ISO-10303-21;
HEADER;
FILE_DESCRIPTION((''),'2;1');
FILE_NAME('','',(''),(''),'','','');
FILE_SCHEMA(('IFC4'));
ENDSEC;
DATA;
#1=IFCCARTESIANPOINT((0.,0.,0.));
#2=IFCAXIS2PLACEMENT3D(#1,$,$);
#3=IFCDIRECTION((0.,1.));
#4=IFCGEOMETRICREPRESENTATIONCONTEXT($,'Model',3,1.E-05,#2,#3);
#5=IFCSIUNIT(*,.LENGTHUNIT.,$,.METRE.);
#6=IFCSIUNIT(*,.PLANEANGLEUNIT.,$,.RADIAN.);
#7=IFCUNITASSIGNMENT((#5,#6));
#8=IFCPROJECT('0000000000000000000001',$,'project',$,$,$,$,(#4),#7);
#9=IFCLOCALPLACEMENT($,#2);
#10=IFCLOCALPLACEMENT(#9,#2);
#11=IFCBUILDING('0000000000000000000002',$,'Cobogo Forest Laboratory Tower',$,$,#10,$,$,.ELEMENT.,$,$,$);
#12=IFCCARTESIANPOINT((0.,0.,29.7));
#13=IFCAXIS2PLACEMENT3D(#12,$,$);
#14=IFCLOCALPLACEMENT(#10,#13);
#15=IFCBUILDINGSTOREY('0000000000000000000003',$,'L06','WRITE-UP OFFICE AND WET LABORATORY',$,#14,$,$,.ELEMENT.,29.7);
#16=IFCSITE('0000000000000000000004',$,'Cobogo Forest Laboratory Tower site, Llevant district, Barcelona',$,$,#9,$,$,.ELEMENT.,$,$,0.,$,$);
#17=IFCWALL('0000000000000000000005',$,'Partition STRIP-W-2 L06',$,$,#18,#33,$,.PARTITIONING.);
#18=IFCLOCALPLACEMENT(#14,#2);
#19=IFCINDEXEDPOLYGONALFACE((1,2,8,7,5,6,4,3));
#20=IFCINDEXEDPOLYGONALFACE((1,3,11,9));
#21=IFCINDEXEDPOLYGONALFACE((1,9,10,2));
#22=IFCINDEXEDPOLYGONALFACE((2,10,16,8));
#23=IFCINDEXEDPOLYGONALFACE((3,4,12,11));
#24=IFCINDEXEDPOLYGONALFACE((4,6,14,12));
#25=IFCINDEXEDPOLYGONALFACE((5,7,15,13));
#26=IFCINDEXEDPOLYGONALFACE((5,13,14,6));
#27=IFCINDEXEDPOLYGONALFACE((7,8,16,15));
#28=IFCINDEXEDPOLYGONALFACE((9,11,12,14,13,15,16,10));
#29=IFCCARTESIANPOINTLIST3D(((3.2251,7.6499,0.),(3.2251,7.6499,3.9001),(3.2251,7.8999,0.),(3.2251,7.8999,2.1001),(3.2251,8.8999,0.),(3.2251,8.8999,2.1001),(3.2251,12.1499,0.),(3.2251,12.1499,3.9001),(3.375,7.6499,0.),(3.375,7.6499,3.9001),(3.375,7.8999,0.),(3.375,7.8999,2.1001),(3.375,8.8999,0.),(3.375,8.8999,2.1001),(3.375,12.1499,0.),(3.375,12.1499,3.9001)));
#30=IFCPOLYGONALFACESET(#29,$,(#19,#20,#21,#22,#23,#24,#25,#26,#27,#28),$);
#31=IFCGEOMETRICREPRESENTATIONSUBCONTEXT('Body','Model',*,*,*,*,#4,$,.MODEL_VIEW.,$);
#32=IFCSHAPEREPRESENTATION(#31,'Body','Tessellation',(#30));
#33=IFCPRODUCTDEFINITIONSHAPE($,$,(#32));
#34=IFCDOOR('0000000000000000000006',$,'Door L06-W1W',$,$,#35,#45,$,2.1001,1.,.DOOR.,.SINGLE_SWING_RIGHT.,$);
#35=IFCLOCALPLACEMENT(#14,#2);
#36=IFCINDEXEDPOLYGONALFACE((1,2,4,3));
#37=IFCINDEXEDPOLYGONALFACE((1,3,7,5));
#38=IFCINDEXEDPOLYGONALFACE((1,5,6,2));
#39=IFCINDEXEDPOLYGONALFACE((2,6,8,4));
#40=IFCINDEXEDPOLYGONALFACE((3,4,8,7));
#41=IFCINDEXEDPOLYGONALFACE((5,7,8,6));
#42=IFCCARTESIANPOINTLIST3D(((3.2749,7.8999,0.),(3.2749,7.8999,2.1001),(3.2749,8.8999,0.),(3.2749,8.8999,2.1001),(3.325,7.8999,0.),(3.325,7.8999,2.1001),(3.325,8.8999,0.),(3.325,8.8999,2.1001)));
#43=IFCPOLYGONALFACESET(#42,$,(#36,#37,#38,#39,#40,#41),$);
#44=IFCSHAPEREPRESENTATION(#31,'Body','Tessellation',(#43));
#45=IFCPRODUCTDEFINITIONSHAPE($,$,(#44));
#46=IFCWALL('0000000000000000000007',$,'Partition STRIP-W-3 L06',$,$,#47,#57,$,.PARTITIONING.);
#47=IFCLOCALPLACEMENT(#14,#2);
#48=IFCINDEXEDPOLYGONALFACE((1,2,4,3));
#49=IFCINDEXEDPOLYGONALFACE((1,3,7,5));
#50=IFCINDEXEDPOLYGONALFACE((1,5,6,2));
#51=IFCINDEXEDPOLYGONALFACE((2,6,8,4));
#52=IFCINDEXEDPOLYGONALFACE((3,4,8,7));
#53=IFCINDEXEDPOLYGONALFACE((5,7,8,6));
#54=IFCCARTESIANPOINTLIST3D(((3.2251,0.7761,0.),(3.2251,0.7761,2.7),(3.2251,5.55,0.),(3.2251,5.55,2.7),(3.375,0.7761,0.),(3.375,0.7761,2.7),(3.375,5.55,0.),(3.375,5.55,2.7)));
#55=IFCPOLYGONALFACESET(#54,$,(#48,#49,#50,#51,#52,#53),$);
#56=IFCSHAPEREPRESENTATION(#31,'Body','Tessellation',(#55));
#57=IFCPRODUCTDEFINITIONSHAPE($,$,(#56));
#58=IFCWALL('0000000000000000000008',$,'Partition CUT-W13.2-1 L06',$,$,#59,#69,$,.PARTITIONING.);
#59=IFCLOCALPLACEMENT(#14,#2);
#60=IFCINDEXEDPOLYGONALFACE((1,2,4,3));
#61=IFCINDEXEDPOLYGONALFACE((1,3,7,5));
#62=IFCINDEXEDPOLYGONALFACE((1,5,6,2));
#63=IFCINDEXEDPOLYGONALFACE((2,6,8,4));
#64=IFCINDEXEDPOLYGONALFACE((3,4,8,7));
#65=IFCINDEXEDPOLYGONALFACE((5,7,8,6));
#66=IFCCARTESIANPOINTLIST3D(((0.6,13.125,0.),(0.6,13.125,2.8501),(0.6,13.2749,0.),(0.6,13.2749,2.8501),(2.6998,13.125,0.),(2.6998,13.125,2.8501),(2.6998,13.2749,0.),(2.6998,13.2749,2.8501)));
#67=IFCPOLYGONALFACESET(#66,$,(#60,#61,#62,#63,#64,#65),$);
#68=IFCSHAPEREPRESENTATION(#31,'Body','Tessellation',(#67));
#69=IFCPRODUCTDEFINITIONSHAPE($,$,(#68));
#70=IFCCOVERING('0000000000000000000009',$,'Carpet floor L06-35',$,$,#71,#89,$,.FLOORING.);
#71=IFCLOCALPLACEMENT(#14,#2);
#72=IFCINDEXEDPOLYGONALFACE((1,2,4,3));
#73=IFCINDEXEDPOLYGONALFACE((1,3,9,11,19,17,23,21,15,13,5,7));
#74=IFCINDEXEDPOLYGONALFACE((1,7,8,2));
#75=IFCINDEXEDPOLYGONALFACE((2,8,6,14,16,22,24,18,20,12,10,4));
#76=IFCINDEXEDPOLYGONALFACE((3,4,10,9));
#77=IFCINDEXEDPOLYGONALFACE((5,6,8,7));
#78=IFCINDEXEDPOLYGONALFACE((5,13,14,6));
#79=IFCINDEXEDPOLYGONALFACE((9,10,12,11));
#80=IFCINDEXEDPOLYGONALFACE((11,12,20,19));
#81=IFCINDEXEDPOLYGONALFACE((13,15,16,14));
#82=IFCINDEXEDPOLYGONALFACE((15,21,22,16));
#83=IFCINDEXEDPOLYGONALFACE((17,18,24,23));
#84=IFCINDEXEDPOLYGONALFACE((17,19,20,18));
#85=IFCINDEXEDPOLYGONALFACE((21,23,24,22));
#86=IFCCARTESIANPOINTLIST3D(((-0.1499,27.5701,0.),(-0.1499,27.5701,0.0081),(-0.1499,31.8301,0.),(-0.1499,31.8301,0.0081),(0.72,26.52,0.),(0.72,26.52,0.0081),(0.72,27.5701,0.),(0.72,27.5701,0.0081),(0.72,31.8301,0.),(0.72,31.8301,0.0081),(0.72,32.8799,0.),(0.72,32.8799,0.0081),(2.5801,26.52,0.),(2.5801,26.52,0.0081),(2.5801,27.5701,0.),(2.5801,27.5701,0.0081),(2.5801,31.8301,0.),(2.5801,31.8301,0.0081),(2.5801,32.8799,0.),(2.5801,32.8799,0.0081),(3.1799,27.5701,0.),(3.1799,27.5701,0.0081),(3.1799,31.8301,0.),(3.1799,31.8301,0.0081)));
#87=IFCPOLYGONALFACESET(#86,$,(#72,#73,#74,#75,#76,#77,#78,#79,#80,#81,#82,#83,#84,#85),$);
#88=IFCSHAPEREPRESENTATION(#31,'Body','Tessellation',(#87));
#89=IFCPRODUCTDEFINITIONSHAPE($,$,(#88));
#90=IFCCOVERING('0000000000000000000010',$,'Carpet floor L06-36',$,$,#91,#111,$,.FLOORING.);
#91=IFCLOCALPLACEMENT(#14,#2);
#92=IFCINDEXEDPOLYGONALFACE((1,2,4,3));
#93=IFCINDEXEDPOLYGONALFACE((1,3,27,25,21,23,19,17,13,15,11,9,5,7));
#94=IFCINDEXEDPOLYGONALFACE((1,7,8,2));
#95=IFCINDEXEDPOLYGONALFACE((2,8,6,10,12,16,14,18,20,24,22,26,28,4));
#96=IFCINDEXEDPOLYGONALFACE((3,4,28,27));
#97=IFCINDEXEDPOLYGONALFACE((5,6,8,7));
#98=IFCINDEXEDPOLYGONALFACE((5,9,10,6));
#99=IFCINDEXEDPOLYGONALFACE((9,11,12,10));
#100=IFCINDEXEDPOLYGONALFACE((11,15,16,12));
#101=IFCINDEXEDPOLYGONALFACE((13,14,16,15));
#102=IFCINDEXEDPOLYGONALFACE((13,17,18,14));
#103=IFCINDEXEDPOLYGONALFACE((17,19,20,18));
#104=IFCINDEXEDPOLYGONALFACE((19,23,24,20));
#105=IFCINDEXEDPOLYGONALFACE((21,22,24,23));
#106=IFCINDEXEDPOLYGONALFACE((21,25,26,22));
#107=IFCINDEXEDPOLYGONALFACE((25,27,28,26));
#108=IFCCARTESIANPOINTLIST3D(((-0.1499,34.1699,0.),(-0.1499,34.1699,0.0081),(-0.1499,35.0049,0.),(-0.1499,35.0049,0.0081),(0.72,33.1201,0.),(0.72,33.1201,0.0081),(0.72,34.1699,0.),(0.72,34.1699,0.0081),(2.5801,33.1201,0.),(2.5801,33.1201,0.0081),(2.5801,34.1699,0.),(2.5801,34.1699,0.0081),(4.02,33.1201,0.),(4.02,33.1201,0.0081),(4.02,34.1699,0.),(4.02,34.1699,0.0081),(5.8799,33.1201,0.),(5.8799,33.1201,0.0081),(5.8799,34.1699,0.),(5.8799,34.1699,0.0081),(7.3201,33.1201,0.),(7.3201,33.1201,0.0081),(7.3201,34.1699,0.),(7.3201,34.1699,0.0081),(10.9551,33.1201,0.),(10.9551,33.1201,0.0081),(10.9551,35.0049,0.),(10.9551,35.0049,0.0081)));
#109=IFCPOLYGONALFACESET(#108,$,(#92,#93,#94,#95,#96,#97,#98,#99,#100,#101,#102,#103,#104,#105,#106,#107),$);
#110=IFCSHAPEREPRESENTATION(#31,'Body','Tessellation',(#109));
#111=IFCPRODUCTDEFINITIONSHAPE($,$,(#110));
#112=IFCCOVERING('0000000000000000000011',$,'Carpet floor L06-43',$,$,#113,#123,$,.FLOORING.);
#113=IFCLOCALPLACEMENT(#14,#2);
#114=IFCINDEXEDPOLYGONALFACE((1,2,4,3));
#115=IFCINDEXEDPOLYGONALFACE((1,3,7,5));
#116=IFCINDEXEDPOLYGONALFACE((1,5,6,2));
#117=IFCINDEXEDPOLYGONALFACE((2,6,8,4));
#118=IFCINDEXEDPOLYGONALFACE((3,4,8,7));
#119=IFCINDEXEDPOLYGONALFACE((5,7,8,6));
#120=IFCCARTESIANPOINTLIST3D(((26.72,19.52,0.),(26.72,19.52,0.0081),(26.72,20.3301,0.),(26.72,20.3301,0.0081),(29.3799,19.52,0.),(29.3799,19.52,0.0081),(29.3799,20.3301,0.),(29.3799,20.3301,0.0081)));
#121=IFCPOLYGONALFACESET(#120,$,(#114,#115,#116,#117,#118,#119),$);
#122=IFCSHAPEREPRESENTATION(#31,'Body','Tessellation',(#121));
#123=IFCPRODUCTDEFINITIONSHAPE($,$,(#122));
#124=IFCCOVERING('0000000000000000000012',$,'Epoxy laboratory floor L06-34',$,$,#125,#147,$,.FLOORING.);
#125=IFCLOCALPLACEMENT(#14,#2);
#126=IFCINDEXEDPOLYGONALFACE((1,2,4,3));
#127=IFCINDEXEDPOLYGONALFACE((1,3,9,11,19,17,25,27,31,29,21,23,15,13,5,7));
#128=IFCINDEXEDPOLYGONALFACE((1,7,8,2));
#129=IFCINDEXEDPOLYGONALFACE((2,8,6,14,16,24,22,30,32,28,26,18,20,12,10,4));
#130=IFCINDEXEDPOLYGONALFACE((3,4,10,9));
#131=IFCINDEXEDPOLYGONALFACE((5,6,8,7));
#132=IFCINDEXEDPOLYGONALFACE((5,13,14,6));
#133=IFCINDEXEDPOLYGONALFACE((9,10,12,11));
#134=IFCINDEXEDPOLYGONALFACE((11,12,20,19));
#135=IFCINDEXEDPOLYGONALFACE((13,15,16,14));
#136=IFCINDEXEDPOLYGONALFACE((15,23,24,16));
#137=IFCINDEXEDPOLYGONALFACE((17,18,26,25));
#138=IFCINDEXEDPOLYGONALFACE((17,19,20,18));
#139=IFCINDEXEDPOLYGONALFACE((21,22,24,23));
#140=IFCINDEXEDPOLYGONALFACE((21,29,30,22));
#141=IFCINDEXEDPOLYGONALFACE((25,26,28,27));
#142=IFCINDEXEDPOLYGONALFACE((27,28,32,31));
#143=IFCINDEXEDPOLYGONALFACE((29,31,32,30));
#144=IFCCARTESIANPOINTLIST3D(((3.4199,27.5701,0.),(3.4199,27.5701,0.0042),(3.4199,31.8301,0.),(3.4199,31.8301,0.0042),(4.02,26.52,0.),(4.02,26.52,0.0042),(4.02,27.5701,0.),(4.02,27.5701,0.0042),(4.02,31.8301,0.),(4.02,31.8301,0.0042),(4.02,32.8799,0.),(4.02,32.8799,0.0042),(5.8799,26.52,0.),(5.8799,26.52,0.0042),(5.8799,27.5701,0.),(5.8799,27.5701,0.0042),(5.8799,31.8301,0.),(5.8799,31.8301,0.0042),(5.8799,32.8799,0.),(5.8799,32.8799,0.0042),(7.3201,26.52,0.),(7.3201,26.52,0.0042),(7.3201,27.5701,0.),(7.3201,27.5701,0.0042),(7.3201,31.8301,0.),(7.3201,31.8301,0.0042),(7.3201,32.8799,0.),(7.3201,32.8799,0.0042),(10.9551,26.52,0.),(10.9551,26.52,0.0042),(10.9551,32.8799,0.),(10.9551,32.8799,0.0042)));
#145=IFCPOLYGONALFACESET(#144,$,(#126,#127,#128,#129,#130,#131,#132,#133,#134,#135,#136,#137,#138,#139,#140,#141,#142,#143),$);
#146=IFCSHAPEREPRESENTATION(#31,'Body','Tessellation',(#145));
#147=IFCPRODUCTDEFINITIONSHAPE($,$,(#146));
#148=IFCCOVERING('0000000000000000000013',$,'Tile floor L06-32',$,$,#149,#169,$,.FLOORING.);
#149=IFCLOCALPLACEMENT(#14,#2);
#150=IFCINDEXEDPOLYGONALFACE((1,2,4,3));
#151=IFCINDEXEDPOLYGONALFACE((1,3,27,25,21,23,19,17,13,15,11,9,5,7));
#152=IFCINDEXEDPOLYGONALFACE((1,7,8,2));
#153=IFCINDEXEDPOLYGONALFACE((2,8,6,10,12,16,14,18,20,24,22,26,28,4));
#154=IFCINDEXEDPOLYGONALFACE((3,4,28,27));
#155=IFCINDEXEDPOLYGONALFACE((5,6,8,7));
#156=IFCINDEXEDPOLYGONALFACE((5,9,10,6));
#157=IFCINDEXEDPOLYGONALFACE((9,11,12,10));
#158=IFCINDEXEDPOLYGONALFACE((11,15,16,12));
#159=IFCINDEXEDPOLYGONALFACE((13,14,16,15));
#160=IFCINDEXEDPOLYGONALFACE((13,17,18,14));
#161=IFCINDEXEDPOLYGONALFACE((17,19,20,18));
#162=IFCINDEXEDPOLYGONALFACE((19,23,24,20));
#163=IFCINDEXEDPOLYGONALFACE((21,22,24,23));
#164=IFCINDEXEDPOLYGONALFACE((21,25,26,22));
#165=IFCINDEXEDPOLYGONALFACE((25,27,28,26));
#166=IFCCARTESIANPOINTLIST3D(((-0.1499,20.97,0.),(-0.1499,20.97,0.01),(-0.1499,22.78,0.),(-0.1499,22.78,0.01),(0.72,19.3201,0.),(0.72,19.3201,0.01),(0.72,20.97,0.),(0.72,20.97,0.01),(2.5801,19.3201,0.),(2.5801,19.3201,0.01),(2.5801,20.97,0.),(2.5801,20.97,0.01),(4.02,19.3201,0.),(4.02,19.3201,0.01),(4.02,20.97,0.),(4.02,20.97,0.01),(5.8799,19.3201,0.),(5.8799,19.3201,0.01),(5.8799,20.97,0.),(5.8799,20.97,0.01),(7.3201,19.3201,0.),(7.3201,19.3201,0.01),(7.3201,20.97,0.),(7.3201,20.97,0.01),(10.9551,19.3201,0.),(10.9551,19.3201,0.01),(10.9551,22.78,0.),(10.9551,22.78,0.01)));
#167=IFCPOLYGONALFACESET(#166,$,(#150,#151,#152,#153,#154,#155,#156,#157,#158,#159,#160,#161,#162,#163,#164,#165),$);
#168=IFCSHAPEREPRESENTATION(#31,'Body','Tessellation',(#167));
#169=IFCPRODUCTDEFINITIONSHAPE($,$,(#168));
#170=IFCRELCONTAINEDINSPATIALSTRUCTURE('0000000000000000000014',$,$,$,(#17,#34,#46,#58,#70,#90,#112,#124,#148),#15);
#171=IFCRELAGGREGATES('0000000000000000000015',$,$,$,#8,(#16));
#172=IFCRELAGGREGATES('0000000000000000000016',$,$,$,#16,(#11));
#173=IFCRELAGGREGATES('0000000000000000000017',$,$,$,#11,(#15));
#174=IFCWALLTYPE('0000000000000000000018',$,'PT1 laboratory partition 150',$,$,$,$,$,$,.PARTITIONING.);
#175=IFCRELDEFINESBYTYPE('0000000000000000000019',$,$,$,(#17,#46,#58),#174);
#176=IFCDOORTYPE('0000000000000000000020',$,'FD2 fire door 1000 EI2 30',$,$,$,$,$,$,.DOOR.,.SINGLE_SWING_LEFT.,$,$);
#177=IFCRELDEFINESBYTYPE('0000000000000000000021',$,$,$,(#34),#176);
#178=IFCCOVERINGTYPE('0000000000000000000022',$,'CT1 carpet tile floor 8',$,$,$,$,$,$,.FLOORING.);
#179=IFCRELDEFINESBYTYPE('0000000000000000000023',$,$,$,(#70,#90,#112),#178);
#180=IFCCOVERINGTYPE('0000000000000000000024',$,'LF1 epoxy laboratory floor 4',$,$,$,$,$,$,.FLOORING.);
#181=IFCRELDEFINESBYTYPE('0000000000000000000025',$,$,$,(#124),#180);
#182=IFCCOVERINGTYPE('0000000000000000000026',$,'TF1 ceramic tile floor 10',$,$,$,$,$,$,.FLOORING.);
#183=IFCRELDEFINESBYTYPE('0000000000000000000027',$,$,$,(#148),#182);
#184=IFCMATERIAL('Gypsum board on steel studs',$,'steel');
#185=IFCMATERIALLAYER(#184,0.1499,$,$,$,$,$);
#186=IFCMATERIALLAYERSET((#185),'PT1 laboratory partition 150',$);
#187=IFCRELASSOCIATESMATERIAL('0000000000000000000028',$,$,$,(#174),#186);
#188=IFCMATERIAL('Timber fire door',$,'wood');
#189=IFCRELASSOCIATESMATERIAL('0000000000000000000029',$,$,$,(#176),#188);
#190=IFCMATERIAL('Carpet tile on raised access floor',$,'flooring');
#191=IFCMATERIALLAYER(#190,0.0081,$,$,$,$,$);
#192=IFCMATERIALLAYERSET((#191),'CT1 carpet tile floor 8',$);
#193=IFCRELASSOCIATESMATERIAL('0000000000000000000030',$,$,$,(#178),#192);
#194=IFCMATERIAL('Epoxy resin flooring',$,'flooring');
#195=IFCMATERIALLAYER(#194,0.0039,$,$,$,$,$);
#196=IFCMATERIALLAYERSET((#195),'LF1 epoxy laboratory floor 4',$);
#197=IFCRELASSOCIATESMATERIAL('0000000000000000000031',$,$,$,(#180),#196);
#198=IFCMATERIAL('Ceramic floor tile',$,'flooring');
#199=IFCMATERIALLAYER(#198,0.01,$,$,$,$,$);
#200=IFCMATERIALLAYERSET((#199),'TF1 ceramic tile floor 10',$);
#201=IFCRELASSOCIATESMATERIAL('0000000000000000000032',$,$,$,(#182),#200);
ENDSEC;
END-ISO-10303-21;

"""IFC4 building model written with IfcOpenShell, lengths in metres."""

from ifc_helpers import new_model, si_unit, direction, frame, frame_2d, origin, place, context, subcontext, project, spatial, polyline, rectangle, outline, extrude, material, layer, layer_set, type_object, element, fill, save


model = new_model("IFC4")

# Units and contexts
model_context = context("Model", 3, precision=1e-05, world=origin(), true_north=direction((0.0, 1.0)))
body_context = subcontext(model_context, "Body", "Model", "MODEL_VIEW")
ifc_project = project(units=[si_unit("LENGTHUNIT", "METRE"), si_unit("PLANEANGLEUNIT", "RADIAN")], contexts=[model_context])

# Site, building, storey
site_placement = place(None, origin())
site = spatial("IfcSite", under=ifc_project, at=site_placement, Name="Cobogo Forest Laboratory Tower site, Llevant district, Barcelona", CompositionType="ELEMENT", RefElevation=0.0)
building_placement = place(site_placement, origin())
building = spatial("IfcBuilding", under=site, at=building_placement, Name="Cobogo Forest Laboratory Tower", CompositionType="ELEMENT")
storey_placement = place(building_placement, frame((0.0, 0.0, 29.7)))
storey = spatial("IfcBuildingStorey", under=building, at=storey_placement, Name="L06", Description="WRITE-UP OFFICE AND WET LABORATORY", CompositionType="ELEMENT", Elevation=29.7)

# Wall, opening, door
ifc_material_1 = material(Name="Gypsum board on steel studs", Category="steel")
ifc_layer_1 = layer(ifc_material_1, 0.1499)
ifc_layer_set_1 = layer_set([ifc_layer_1], Name="PT1 laboratory partition 150")
wall_type = type_object("IfcWallType", Name="PT1 laboratory partition 150", PredefinedType="PARTITIONING", material=ifc_layer_set_1)
wall_1_placement = place(storey_placement, frame((3.3, 12.1499, 0.0), z_axis=(0.0, 0.0, 1.0), x_axis=(0.0, -1.0, 0.0)))
wall_1 = element("IfcWall", 1, at=wall_1_placement, inside=storey, type_object=wall_type, Name="Partition STRIP-W-2 L06", PredefinedType="PARTITIONING", context=body_context, shape_type="SweptSolid", body=[
    extrude(rectangle(XDim=4.5, YDim=0.1499, at=frame_2d((2.25, 0.0))), origin(), (0.0, 0.0, 1.0), 3.9001),
])
opening_placement = place(wall_1_placement, frame((3.25, 0.0, 0.0)))
opening = element("IfcOpeningElement", 2, at=opening_placement, cuts=wall_1, PredefinedType="OPENING", context=body_context, shape_type="SweptSolid", body=[
    extrude(rectangle(XDim=1.0, YDim=2.1001, at=frame_2d((0.5, 1.05))), frame((0.0, 0.085, 0.0), z_axis=(0.0, -1.0, 0.0), x_axis=(1.0, 0.0, 0.0)), (0.0, 0.0, 1.0), 0.1699),
])
ifc_material_2 = material(Name="Timber fire door", Category="wood")
door_type = type_object("IfcDoorType", Name="FD2 fire door 1000 EI2 30", OperationType="SINGLE_SWING_LEFT", PredefinedType="DOOR", material=ifc_material_2)
door_placement = place(opening_placement, origin())
door = element("IfcDoor", 3, at=door_placement, inside=storey, type_object=door_type, Name="Door L06-W1W", OperationType="SINGLE_SWING_RIGHT", OverallHeight=2.1001, OverallWidth=1.0, PredefinedType="DOOR", context=body_context, shape_type="SweptSolid", body=[
    extrude(rectangle(XDim=1.0, YDim=2.1001, at=frame_2d((0.5, 1.05))), frame((0.0, 0.0249, 0.0), z_axis=(0.0, -1.0, 0.0), x_axis=(1.0, 0.0, 0.0)), (0.0, 0.0, 1.0), 0.05),
])
fill(opening, door)

# Walls
wall_2_placement = place(storey_placement, frame((3.3, 5.55, 0.0), z_axis=(0.0, 0.0, 1.0), x_axis=(0.0, -1.0, 0.0)))
element("IfcWall", 4, at=wall_2_placement, inside=storey, type_object=wall_type, Name="Partition STRIP-W-3 L06", PredefinedType="PARTITIONING", context=body_context, shape_type="SweptSolid", body=[
    extrude(rectangle(XDim=4.7739, YDim=0.1499, at=frame_2d((2.387, 0.0))), origin(), (0.0, 0.0, 1.0), 2.7),
])
wall_3_placement = place(storey_placement, frame((0.6001, 13.2, 0.0), z_axis=(0.0, 0.0, 1.0), x_axis=(1.0, 0.0, 0.0)))
element("IfcWall", 5, at=wall_3_placement, inside=storey, type_object=wall_type, Name="Partition CUT-W13.2-1 L06", PredefinedType="PARTITIONING", context=body_context, shape_type="SweptSolid", body=[
    extrude(rectangle(XDim=2.0999, YDim=0.1499, at=frame_2d((1.0498, 0.0))), origin(), (0.0, 0.0, 1.0), 2.8501),
])

# Coverings
ifc_material_3 = material(Name="Carpet tile on raised access floor", Category="flooring")
ifc_layer_2 = layer(ifc_material_3, 0.0081)
ifc_layer_set_2 = layer_set([ifc_layer_2], Name="CT1 carpet tile floor 8")
covering_type_1 = type_object("IfcCoveringType", Name="CT1 carpet tile floor 8", PredefinedType="FLOORING", material=ifc_layer_set_2)
covering_1_placement = place(storey_placement, origin())
element("IfcCovering", 6, at=covering_1_placement, inside=storey, type_object=covering_type_1, Name="Carpet floor L06-35", PredefinedType="FLOORING", context=body_context, shape_type="SweptSolid", body=[
    extrude(outline(polyline([(3.1799, 27.5701), (2.5801, 27.5701), (2.5801, 26.52), (0.72, 26.52), (0.72, 27.5701), (-0.1499, 27.5701), (-0.1499, 31.8301), (0.72, 31.8301), (0.72, 32.8799), (2.5801, 32.8799), (2.5801, 31.8301), (3.1799, 31.8301), (3.1799, 27.5701)])), origin(), (0.0, 0.0, 1.0), 0.0081),
])
covering_2_placement = place(storey_placement, origin())
element("IfcCovering", 7, at=covering_2_placement, inside=storey, type_object=covering_type_1, Name="Carpet floor L06-36", PredefinedType="FLOORING", context=body_context, shape_type="SweptSolid", body=[
    extrude(outline(polyline([(10.9551, 33.1201), (7.3201, 33.1201), (7.3201, 34.1699), (5.8799, 34.1699), (5.8799, 33.1201), (4.02, 33.1201), (4.02, 34.1699), (2.5801, 34.1699), (2.5801, 33.1201), (0.72, 33.1201), (0.72, 34.1699), (-0.1499, 34.1699), (-0.1499, 35.0049), (10.9551, 35.0049), (10.9551, 33.1201)])), origin(), (0.0, 0.0, 1.0), 0.0081),
])
covering_3_placement = place(storey_placement, origin())
element("IfcCovering", 8, at=covering_3_placement, inside=storey, type_object=covering_type_1, Name="Carpet floor L06-43", PredefinedType="FLOORING", context=body_context, shape_type="SweptSolid", body=[
    extrude(outline(polyline([(29.3799, 19.52), (26.72, 19.52), (26.72, 20.3301), (29.3799, 20.3301), (29.3799, 19.52)])), origin(), (0.0, 0.0, 1.0), 0.0081),
])
ifc_material_4 = material(Name="Epoxy resin flooring", Category="flooring")
ifc_layer_3 = layer(ifc_material_4, 0.0039)
ifc_layer_set_3 = layer_set([ifc_layer_3], Name="LF1 epoxy laboratory floor 4")
covering_type_2 = type_object("IfcCoveringType", Name="LF1 epoxy laboratory floor 4", PredefinedType="FLOORING", material=ifc_layer_set_3)
covering_4_placement = place(storey_placement, origin())
element("IfcCovering", 9, at=covering_4_placement, inside=storey, type_object=covering_type_2, Name="Epoxy laboratory floor L06-34", PredefinedType="FLOORING", context=body_context, shape_type="SweptSolid", body=[
    extrude(outline(polyline([(3.4199, 31.8301), (4.02, 31.8301), (4.02, 32.8799), (5.8799, 32.8799), (5.8799, 31.8301), (7.3201, 31.8301), (7.3201, 32.8799), (10.9551, 32.8799), (10.9551, 26.52), (7.3201, 26.52), (7.3201, 27.5701), (5.8799, 27.5701), (5.8799, 26.52), (4.02, 26.52), (4.02, 27.5701), (3.4199, 27.5701), (3.4199, 31.8301)])), origin(), (0.0, 0.0, 1.0), 0.0042),
])
ifc_material_5 = material(Name="Ceramic floor tile", Category="flooring")
ifc_layer_4 = layer(ifc_material_5, 0.01)
ifc_layer_set_4 = layer_set([ifc_layer_4], Name="TF1 ceramic tile floor 10")
covering_type_3 = type_object("IfcCoveringType", Name="TF1 ceramic tile floor 10", PredefinedType="FLOORING", material=ifc_layer_set_4)
covering_5_placement = place(storey_placement, origin())
element("IfcCovering", 10, at=covering_5_placement, inside=storey, type_object=covering_type_3, Name="Tile floor L06-32", PredefinedType="FLOORING", context=body_context, shape_type="SweptSolid", body=[
    extrude(outline(polyline([(10.9551, 19.3201), (7.3201, 19.3201), (7.3201, 20.97), (5.8799, 20.97), (5.8799, 19.3201), (4.02, 19.3201), (4.02, 20.97), (2.5801, 20.97), (2.5801, 19.3201), (0.72, 19.3201), (0.72, 20.97), (-0.1499, 20.97), (-0.1499, 22.78), (10.9551, 22.78), (10.9551, 19.3201)])), origin(), (0.0, 0.0, 1.0), 0.01),
])

save(model, "model.ifc")
